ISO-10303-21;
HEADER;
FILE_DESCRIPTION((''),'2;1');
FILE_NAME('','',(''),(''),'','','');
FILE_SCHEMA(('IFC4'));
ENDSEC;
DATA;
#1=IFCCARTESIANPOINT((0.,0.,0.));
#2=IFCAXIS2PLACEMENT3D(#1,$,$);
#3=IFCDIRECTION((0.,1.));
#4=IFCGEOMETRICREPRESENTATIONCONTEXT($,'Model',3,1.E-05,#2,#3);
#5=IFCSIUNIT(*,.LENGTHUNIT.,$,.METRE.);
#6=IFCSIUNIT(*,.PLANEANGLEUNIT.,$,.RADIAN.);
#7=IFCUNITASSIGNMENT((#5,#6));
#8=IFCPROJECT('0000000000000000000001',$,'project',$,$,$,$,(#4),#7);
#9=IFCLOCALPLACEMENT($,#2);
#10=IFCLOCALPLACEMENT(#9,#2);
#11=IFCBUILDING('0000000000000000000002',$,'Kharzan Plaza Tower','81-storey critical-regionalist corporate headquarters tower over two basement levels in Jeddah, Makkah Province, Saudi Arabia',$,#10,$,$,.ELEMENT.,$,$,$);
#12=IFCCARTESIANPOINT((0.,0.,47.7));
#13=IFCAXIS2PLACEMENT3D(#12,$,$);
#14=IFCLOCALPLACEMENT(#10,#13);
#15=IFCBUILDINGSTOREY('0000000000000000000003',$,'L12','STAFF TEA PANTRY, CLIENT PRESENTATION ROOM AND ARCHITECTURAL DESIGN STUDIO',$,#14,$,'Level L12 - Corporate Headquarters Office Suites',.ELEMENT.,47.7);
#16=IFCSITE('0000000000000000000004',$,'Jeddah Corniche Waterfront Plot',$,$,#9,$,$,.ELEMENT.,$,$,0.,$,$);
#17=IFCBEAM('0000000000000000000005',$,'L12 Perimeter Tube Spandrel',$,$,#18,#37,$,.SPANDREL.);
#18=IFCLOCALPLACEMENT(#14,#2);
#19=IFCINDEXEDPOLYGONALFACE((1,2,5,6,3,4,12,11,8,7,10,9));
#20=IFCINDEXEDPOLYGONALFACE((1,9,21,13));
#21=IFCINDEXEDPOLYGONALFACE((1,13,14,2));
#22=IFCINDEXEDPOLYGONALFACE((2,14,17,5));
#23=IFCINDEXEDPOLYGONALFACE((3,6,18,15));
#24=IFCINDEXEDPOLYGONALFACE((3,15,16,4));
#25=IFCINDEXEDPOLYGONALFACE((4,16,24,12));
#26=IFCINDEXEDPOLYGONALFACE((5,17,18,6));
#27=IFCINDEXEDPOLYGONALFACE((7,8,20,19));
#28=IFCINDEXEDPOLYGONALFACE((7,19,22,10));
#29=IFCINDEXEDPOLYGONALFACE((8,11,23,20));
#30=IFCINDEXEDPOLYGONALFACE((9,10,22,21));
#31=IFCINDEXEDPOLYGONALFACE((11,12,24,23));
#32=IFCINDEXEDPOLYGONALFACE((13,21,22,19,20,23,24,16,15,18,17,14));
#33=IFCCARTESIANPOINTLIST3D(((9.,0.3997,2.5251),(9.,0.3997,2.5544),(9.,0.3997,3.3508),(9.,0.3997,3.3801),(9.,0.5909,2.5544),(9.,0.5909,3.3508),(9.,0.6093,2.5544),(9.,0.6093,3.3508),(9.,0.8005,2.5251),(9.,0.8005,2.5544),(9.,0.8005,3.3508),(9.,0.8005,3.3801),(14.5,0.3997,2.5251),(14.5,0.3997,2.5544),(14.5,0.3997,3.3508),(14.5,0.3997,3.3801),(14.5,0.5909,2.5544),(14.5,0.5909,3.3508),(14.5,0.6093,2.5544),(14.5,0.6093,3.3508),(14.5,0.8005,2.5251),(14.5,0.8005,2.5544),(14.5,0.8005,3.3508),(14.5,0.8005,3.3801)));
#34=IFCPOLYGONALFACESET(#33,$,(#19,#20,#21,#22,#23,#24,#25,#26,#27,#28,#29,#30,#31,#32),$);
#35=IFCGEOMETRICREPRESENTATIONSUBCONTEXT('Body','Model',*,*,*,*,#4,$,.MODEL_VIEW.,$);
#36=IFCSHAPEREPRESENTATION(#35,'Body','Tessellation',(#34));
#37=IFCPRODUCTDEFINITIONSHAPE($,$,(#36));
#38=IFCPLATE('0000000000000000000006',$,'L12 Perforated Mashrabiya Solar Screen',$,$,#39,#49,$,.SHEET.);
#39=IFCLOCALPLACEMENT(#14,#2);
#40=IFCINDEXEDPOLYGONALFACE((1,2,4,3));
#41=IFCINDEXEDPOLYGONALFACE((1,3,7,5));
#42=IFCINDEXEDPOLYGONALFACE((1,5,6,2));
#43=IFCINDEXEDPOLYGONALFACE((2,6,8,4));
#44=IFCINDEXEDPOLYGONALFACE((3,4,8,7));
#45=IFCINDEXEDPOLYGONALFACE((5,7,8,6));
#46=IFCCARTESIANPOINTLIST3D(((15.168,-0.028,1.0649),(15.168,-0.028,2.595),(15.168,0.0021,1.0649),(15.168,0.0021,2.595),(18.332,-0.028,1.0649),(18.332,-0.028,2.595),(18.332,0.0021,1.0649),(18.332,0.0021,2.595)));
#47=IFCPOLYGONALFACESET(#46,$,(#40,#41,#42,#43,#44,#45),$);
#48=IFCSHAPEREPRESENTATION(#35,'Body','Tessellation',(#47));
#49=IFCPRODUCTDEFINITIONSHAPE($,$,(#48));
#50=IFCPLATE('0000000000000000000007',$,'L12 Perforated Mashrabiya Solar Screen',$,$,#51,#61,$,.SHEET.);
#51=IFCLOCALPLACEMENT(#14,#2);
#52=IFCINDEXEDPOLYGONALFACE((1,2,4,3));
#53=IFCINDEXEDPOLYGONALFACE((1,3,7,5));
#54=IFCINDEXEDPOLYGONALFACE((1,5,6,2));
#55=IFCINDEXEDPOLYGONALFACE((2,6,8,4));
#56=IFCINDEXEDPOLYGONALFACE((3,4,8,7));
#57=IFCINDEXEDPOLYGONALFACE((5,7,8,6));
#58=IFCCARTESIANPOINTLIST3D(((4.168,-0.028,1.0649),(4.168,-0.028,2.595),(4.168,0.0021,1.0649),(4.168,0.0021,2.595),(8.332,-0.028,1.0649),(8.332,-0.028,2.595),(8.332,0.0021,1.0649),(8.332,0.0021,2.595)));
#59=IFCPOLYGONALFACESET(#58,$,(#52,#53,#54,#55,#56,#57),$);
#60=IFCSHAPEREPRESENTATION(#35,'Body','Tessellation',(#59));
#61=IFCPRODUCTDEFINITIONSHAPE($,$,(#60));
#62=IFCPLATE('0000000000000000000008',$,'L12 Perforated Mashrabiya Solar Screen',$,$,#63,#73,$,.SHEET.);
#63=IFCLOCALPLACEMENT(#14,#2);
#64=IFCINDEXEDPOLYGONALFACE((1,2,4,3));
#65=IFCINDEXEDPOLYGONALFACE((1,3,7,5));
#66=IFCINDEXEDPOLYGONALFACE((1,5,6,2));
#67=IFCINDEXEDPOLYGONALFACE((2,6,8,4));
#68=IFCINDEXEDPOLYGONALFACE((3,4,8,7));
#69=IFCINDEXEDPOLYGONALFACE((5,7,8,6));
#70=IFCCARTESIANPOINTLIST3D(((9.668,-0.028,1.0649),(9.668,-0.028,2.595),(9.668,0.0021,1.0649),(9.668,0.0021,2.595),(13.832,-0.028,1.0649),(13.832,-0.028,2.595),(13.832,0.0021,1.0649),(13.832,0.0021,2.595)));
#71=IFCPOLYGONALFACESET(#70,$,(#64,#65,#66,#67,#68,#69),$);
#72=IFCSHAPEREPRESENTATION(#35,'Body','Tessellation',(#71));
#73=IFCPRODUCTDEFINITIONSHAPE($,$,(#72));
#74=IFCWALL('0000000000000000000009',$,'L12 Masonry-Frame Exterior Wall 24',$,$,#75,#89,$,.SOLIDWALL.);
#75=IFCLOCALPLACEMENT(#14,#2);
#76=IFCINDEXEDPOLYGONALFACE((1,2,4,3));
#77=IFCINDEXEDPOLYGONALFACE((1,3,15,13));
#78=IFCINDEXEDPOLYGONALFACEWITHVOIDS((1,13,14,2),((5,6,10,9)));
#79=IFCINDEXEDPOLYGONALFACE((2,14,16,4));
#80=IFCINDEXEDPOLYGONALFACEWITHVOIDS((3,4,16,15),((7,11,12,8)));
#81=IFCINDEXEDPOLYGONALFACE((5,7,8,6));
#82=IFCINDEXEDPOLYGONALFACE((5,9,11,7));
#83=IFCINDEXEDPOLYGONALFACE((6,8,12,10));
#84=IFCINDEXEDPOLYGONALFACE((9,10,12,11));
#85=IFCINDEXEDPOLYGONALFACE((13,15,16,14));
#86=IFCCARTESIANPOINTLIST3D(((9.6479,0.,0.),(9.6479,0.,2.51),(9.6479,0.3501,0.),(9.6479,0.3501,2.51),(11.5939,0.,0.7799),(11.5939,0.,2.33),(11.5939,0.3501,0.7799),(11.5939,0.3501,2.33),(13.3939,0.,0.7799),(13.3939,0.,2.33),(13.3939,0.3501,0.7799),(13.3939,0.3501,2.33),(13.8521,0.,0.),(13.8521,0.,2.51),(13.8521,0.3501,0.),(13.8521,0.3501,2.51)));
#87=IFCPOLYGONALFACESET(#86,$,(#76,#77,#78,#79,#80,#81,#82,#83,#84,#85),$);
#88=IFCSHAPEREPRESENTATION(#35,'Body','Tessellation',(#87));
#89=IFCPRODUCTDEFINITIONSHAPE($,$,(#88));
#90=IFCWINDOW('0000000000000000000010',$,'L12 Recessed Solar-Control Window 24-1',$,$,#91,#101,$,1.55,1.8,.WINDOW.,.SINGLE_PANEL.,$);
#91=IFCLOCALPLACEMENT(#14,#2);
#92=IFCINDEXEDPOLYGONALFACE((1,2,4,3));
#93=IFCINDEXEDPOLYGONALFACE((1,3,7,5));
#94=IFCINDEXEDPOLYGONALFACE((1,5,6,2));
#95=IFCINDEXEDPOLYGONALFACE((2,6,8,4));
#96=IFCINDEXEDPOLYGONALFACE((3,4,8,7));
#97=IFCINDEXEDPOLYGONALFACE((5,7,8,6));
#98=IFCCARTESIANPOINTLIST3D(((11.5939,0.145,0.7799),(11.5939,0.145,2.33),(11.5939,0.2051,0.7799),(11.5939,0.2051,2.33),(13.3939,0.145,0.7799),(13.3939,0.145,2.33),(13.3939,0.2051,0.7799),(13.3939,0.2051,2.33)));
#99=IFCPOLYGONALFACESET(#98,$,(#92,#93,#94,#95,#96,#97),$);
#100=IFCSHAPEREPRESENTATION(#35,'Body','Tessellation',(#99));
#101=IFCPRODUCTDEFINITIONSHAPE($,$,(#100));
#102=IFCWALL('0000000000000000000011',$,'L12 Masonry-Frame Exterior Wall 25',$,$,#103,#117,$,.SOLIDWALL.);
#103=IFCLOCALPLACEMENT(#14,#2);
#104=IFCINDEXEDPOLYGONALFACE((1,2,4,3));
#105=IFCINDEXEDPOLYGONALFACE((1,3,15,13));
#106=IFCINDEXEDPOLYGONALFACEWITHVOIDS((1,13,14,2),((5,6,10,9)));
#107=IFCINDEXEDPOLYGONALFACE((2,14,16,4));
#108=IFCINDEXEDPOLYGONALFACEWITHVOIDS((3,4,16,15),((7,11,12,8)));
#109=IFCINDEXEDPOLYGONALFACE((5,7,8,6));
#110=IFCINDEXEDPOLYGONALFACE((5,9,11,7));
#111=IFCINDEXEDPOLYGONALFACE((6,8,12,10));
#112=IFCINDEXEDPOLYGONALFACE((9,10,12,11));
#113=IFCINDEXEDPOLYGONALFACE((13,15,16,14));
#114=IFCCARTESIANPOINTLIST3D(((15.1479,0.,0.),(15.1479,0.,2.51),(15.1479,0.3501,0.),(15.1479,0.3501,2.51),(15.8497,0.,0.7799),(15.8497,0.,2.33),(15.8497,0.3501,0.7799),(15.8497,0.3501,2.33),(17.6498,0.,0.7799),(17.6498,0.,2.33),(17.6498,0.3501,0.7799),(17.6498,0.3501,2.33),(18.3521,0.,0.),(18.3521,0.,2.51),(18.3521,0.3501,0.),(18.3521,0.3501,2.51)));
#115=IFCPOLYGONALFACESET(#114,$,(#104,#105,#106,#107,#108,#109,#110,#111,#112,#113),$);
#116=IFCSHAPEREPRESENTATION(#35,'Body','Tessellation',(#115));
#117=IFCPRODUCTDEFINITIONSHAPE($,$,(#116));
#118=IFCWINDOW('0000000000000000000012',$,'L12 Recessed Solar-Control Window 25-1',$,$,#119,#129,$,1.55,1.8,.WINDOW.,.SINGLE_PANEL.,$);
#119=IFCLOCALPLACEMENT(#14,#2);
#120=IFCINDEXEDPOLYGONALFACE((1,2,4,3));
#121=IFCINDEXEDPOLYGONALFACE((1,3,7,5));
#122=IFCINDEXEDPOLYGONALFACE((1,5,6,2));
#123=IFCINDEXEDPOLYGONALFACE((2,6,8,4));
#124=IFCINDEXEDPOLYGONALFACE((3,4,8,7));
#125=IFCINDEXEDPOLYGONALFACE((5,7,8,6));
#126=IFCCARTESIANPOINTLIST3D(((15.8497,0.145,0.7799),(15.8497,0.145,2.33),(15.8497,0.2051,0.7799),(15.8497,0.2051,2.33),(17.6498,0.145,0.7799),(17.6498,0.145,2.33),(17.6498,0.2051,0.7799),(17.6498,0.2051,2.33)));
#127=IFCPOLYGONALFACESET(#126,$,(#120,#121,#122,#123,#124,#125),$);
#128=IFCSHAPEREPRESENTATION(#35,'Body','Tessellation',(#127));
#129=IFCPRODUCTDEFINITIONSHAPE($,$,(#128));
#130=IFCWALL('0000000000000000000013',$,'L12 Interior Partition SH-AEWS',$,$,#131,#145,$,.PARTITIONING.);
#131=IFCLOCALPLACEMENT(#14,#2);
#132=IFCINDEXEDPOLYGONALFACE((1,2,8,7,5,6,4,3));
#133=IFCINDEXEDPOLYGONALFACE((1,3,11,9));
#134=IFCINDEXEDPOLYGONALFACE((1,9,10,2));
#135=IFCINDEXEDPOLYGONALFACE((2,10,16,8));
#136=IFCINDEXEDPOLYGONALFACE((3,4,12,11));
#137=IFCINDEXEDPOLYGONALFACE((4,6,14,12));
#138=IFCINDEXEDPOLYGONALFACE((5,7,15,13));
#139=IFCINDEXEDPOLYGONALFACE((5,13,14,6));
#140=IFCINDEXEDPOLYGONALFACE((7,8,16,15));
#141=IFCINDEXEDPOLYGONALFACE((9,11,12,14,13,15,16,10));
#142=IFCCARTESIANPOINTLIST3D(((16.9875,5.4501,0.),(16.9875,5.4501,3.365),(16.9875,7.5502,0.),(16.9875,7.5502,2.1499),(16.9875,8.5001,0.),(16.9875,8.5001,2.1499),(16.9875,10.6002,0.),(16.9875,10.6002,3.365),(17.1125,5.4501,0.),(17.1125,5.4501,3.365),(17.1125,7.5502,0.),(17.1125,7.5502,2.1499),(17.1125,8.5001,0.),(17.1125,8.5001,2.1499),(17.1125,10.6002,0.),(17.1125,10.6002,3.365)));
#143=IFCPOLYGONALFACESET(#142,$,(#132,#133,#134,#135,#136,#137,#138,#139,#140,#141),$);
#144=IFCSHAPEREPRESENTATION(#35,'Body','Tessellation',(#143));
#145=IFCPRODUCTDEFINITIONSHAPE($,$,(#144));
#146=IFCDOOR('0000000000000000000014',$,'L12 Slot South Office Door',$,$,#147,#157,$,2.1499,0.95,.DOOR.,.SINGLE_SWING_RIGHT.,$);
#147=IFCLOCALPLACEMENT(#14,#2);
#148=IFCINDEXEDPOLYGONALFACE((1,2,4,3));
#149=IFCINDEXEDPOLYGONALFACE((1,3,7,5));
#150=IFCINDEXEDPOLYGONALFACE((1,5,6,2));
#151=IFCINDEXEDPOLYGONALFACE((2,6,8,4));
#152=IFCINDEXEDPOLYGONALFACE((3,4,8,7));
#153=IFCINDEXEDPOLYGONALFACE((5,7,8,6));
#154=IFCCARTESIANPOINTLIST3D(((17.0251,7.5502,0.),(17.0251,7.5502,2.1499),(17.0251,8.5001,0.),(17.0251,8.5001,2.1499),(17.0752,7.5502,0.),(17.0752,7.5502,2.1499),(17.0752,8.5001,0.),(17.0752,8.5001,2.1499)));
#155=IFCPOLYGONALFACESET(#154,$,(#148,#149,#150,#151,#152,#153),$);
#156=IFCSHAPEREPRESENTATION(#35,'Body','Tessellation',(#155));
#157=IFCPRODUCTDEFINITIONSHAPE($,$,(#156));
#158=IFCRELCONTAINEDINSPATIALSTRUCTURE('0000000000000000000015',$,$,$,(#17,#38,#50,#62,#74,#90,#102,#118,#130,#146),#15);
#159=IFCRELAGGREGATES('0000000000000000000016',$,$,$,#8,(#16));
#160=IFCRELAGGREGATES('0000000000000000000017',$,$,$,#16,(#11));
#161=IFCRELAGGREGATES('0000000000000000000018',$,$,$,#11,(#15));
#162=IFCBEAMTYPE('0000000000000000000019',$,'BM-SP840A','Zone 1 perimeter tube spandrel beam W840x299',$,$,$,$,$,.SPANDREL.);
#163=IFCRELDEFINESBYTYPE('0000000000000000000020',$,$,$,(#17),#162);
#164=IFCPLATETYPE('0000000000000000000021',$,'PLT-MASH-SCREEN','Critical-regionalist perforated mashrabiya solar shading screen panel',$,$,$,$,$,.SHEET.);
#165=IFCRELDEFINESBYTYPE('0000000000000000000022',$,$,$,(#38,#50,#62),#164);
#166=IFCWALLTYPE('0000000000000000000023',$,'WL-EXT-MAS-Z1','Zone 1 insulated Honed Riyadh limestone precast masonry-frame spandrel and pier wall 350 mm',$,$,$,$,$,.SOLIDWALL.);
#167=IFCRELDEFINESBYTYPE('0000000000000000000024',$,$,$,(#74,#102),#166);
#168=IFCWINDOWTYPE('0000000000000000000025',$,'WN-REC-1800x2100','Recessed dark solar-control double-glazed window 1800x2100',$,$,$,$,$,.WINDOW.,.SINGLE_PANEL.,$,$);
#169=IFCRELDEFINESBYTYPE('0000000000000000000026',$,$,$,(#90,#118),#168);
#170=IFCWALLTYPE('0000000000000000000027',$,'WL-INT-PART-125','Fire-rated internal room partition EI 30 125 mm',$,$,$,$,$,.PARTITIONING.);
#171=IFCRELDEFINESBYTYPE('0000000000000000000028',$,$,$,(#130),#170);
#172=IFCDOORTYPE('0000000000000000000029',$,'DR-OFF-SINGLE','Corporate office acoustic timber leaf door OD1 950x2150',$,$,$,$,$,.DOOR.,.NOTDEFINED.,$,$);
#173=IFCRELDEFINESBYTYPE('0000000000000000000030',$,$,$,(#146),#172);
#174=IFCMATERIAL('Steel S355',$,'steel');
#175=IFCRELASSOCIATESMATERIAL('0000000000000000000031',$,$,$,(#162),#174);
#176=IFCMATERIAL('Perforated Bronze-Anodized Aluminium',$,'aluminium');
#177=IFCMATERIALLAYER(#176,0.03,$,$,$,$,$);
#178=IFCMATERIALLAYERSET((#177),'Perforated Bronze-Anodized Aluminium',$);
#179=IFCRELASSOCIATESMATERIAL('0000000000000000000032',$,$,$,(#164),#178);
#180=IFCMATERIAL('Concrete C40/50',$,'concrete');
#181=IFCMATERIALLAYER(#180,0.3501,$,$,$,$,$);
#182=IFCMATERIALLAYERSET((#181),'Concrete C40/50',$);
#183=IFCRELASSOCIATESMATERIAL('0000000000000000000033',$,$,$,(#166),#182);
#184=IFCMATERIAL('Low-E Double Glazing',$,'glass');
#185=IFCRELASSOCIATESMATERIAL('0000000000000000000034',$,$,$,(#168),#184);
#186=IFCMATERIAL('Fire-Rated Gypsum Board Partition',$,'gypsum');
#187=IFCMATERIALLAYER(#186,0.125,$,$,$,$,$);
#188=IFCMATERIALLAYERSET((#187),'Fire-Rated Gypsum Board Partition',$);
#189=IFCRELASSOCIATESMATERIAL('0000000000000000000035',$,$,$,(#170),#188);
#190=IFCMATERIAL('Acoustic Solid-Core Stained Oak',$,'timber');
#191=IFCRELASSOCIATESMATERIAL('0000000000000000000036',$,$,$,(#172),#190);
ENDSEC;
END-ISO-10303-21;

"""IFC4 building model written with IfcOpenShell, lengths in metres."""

from ifc_helpers import new_model, si_unit, direction, frame, frame_2d, origin, origin_2d, place, context, subcontext, project, spatial, rectangle, i_section, extrude, source, transform, mapped, material, layer, layer_set, material_profile, profile_set, type_object, element, fill, save


model = new_model("IFC4")

# Units and contexts
model_context = context("Model", 3, precision=1e-05, world=origin(), true_north=direction((0.0, 1.0)))
body_context = subcontext(model_context, "Body", "Model", "MODEL_VIEW")
ifc_project = project(units=[si_unit("LENGTHUNIT", "METRE"), si_unit("PLANEANGLEUNIT", "RADIAN")], contexts=[model_context])

# Site, building, storey
site_placement = place(None, origin())
site = spatial("IfcSite", under=ifc_project, at=site_placement, Name="Jeddah Corniche Waterfront Plot", CompositionType="ELEMENT", RefElevation=0.0)
building_placement = place(site_placement, origin())
building = spatial("IfcBuilding", under=site, at=building_placement, Name="Kharzan Plaza Tower", Description="81-storey critical-regionalist corporate headquarters tower over two basement levels in Jeddah, Makkah Province, Saudi Arabia", CompositionType="ELEMENT")
storey_placement = place(building_placement, frame((0.0, 0.0, 47.7)))
storey = spatial("IfcBuildingStorey", under=building, at=storey_placement, Name="L12", Description="STAFF TEA PANTRY, CLIENT PRESENTATION ROOM AND ARCHITECTURAL DESIGN STUDIO", LongName="Level L12 - Corporate Headquarters Office Suites", CompositionType="ELEMENT", Elevation=47.7)

# Beam
ifc_material_1 = material(Name="Steel S355", Category="steel")
ifc_material_profile_1 = material_profile(ifc_material_1, i_section(OverallWidth=0.4009, OverallDepth=0.855, WebThickness=0.0183, FlangeThickness=0.0293, at=origin_2d()), Name="W840x299")
ifc_profile_set_1 = profile_set([ifc_material_profile_1], Name="Steel S355")
beam_type_1 = type_object("IfcBeamType", Name="BM-SP840A", Description="Zone 1 perimeter tube spandrel beam W840x299", PredefinedType="SPANDREL", material=ifc_profile_set_1)
shared_shape_1 = source(origin(), body_context, "Body", "SweptSolid", [
    extrude(i_section(OverallWidth=0.4009, OverallDepth=0.855, WebThickness=0.0183, FlangeThickness=0.0293, at=origin_2d()), origin(), (0.0, 0.0, 1.0), 5.5),
])
beam_1_placement = place(storey_placement, frame((9.0, 0.6001, 2.9526), z_axis=(1.0, 0.0, 0.0), x_axis=(0.0, 1.0, 0.0)))
element("IfcBeam", 1, at=beam_1_placement, inside=storey, type_object=beam_type_1, Name="L12 Perimeter Tube Spandrel", PredefinedType="SPANDREL", context=body_context, shape_type="MappedRepresentation", body=[
    mapped(shared_shape_1, transform((0.0, 0.0, 0.0), x_axis=(1.0, 0.0, 0.0), y_axis=(0.0, 1.0, 0.0), z_axis=(0.0, 0.0, 1.0))),
])

# Plates
ifc_material_2 = material(Name="Perforated Bronze-Anodized Aluminium", Category="aluminium")
ifc_layer_1 = layer(ifc_material_2, 0.03)
ifc_layer_set_1 = layer_set([ifc_layer_1], Name="Perforated Bronze-Anodized Aluminium")
plate_type = type_object("IfcPlateType", Name="PLT-MASH-SCREEN", Description="Critical-regionalist perforated mashrabiya solar shading screen panel", PredefinedType="SHEET", material=ifc_layer_set_1)
shared_shape_2 = source(origin(), body_context, "Body", "SweptSolid", [
    extrude(rectangle(XDim=3.1641, YDim=0.03, at=origin_2d()), origin(), (0.0, 0.0, 1.0), 1.53),
])
plate_placement = place(storey_placement, frame((16.75, -0.0129, 1.0649), z_axis=(0.0, 0.0, 1.0), x_axis=(1.0, 0.0, 0.0)))
element("IfcPlate", 2, at=plate_placement, inside=storey, type_object=plate_type, Name="L12 Perforated Mashrabiya Solar Screen", PredefinedType="SHEET", context=body_context, shape_type="MappedRepresentation", body=[
    mapped(shared_shape_2, transform((0.0, 0.0, 0.0), x_axis=(1.0, 0.0, 0.0), y_axis=(0.0, 1.0, 0.0), z_axis=(0.0, 0.0, 1.0))),
])
shared_shape_3 = source(origin(), body_context, "Body", "SweptSolid", [
    extrude(rectangle(XDim=4.1641, YDim=0.03, at=origin_2d()), origin(), (0.0, 0.0, 1.0), 1.53),
])
for number, where, z_axis, x_axis, name in (
    (3, (6.25, -0.0129, 1.0649), (0.0, 0.0, 1.0), (1.0, 0.0, 0.0), "L12 Perforated Mashrabiya Solar Screen"),
    (4, (11.75, -0.0129, 1.0649), (0.0, 0.0, 1.0), (1.0, 0.0, 0.0), "L12 Perforated Mashrabiya Solar Screen"),
):
    element("IfcPlate", number, at=place(storey_placement, frame(where, z_axis=z_axis, x_axis=x_axis)), inside=storey, type_object=plate_type, Name=name, PredefinedType="SHEET", context=body_context, shape_type="MappedRepresentation", body=[
        mapped(shared_shape_3, transform((0.0, 0.0, 0.0), x_axis=(1.0, 0.0, 0.0), y_axis=(0.0, 1.0, 0.0), z_axis=(0.0, 0.0, 1.0))),
    ])

# Walls, openings, windows
ifc_material_3 = material(Name="Concrete C40/50", Category="concrete")
ifc_layer_2 = layer(ifc_material_3, 0.3501)
ifc_layer_set_2 = layer_set([ifc_layer_2], Name="Concrete C40/50")
wall_type_1 = type_object("IfcWallType", Name="WL-EXT-MAS-Z1", Description="Zone 1 insulated Honed Riyadh limestone precast masonry-frame spandrel and pier wall 350 mm", PredefinedType="SOLIDWALL", material=ifc_layer_set_2)
wall_1_placement = place(storey_placement, frame((9.6479, 0.175, 0.0), z_axis=(0.0, 0.0, 1.0), x_axis=(1.0, 0.0, 0.0)))
wall_1 = element("IfcWall", 5, at=wall_1_placement, inside=storey, type_object=wall_type_1, Name="L12 Masonry-Frame Exterior Wall 24", PredefinedType="SOLIDWALL", context=body_context, shape_type="SweptSolid", body=[
    extrude(rectangle(XDim=4.2041, YDim=0.3501, at=frame_2d((2.1021, 0.0))), origin(), (0.0, 0.0, 1.0), 2.51),
])
opening_1_placement = place(wall_1_placement, frame((1.946, 0.0, 0.78)))
opening_1 = element("IfcOpeningElement", 6, at=opening_1_placement, cuts=wall_1, PredefinedType="OPENING", context=body_context, shape_type="SweptSolid", body=[
    extrude(rectangle(XDim=1.8, YDim=1.55, at=frame_2d((0.8999, 0.7749))), frame((0.0, 0.1851, 0.0), z_axis=(0.0, -1.0, 0.0), x_axis=(1.0, 0.0, 0.0)), (0.0, 0.0, 1.0), 0.3701),
])
ifc_material_4 = material(Name="Low-E Double Glazing", Category="glass")
window_type = type_object("IfcWindowType", Name="WN-REC-1800x2100", Description="Recessed dark solar-control double-glazed window 1800x2100", PartitioningType="SINGLE_PANEL", PredefinedType="WINDOW", material=ifc_material_4)
shared_shape_4 = source(origin(), body_context, "Body", "SweptSolid", [
    extrude(rectangle(XDim=1.8, YDim=1.55, at=frame_2d((0.8999, 0.7749))), frame((0.0, 0.03, 0.0), z_axis=(0.0, -1.0, 0.0), x_axis=(1.0, 0.0, 0.0)), (0.0, 0.0, 1.0), 0.0601),
])
window_1_placement = place(opening_1_placement, origin())
window_1 = element("IfcWindow", 7, at=window_1_placement, inside=storey, type_object=window_type, Name="L12 Recessed Solar-Control Window 24-1", OverallHeight=1.55, OverallWidth=1.8, PartitioningType="SINGLE_PANEL", PredefinedType="WINDOW", context=body_context, shape_type="MappedRepresentation", body=[
    mapped(shared_shape_4, transform((0.0, 0.0, 0.0), x_axis=(1.0, 0.0, 0.0), y_axis=(0.0, 1.0, 0.0), z_axis=(0.0, 0.0, 1.0))),
])
fill(opening_1, window_1)
wall_2_placement = place(storey_placement, frame((15.1479, 0.175, 0.0), z_axis=(0.0, 0.0, 1.0), x_axis=(1.0, 0.0, 0.0)))
wall_2 = element("IfcWall", 8, at=wall_2_placement, inside=storey, type_object=wall_type_1, Name="L12 Masonry-Frame Exterior Wall 25", PredefinedType="SOLIDWALL", context=body_context, shape_type="SweptSolid", body=[
    extrude(rectangle(XDim=3.2041, YDim=0.3501, at=frame_2d((1.6021, 0.0))), origin(), (0.0, 0.0, 1.0), 2.51),
])
opening_2_placement = place(wall_2_placement, frame((0.7019, 0.0, 0.78)))
opening_2 = element("IfcOpeningElement", 9, at=opening_2_placement, cuts=wall_2, PredefinedType="OPENING", context=body_context, shape_type="SweptSolid", body=[
    extrude(rectangle(XDim=1.8, YDim=1.55, at=frame_2d((0.8999, 0.7749))), frame((0.0, 0.1851, 0.0), z_axis=(0.0, -1.0, 0.0), x_axis=(1.0, 0.0, 0.0)), (0.0, 0.0, 1.0), 0.3701),
])
window_2_placement = place(opening_2_placement, origin())
window_2 = element("IfcWindow", 10, at=window_2_placement, inside=storey, type_object=window_type, Name="L12 Recessed Solar-Control Window 25-1", OverallHeight=1.55, OverallWidth=1.8, PartitioningType="SINGLE_PANEL", PredefinedType="WINDOW", context=body_context, shape_type="MappedRepresentation", body=[
    mapped(shared_shape_4, transform((0.0, 0.0, 0.0), x_axis=(1.0, 0.0, 0.0), y_axis=(0.0, 1.0, 0.0), z_axis=(0.0, 0.0, 1.0))),
])
fill(opening_2, window_2)

# Wall, opening, door
ifc_material_5 = material(Name="Fire-Rated Gypsum Board Partition", Category="gypsum")
ifc_layer_3 = layer(ifc_material_5, 0.125)
ifc_layer_set_3 = layer_set([ifc_layer_3], Name="Fire-Rated Gypsum Board Partition")
wall_type_2 = type_object("IfcWallType", Name="WL-INT-PART-125", Description="Fire-rated internal room partition EI 30 125 mm", PredefinedType="PARTITIONING", material=ifc_layer_set_3)
wall_3_placement = place(storey_placement, frame((17.05, 5.45, 0.0), z_axis=(0.0, 0.0, 1.0), x_axis=(0.0, 1.0, 0.0)))
wall_3 = element("IfcWall", 11, at=wall_3_placement, inside=storey, type_object=wall_type_2, Name="L12 Interior Partition SH-AEWS", PredefinedType="PARTITIONING", context=body_context, shape_type="SweptSolid", body=[
    extrude(rectangle(XDim=5.1501, YDim=0.125, at=frame_2d((2.5752, 0.0))), origin(), (0.0, 0.0, 1.0), 3.365),
])
opening_3_placement = place(wall_3_placement, frame((2.1001, 0.0, 0.0)))
opening_3 = element("IfcOpeningElement", 12, at=opening_3_placement, cuts=wall_3, PredefinedType="OPENING", context=body_context, shape_type="SweptSolid", body=[
    extrude(rectangle(XDim=0.95, YDim=2.1499, at=frame_2d((0.4751, 1.075))), frame((0.0, 0.0725, 0.0), z_axis=(0.0, -1.0, 0.0), x_axis=(1.0, 0.0, 0.0)), (0.0, 0.0, 1.0), 0.145),
])
ifc_material_6 = material(Name="Acoustic Solid-Core Stained Oak", Category="timber")
door_type = type_object("IfcDoorType", Name="DR-OFF-SINGLE", Description="Corporate office acoustic timber leaf door OD1 950x2150", OperationType="NOTDEFINED", PredefinedType="DOOR", material=ifc_material_6)
shared_shape_5 = source(origin(), body_context, "Body", "SweptSolid", [
    extrude(rectangle(XDim=0.95, YDim=2.1499, at=frame_2d((0.4751, 1.075))), frame((0.0, 0.0249, 0.0), z_axis=(0.0, -1.0, 0.0), x_axis=(1.0, 0.0, 0.0)), (0.0, 0.0, 1.0), 0.05),
])
door_1_placement = place(opening_3_placement, origin())
door_1 = element("IfcDoor", 13, at=door_1_placement, inside=storey, type_object=door_type, Name="L12 Slot South Office Door", OperationType="SINGLE_SWING_RIGHT", OverallHeight=2.1499, OverallWidth=0.95, PredefinedType="DOOR", context=body_context, shape_type="MappedRepresentation", body=[
    mapped(shared_shape_5, transform((0.0, 0.0, 0.0), x_axis=(1.0, 0.0, 0.0), y_axis=(0.0, 1.0, 0.0), z_axis=(0.0, 0.0, 1.0))),
])
fill(opening_3, door_1)

save(model, "model.ifc")
